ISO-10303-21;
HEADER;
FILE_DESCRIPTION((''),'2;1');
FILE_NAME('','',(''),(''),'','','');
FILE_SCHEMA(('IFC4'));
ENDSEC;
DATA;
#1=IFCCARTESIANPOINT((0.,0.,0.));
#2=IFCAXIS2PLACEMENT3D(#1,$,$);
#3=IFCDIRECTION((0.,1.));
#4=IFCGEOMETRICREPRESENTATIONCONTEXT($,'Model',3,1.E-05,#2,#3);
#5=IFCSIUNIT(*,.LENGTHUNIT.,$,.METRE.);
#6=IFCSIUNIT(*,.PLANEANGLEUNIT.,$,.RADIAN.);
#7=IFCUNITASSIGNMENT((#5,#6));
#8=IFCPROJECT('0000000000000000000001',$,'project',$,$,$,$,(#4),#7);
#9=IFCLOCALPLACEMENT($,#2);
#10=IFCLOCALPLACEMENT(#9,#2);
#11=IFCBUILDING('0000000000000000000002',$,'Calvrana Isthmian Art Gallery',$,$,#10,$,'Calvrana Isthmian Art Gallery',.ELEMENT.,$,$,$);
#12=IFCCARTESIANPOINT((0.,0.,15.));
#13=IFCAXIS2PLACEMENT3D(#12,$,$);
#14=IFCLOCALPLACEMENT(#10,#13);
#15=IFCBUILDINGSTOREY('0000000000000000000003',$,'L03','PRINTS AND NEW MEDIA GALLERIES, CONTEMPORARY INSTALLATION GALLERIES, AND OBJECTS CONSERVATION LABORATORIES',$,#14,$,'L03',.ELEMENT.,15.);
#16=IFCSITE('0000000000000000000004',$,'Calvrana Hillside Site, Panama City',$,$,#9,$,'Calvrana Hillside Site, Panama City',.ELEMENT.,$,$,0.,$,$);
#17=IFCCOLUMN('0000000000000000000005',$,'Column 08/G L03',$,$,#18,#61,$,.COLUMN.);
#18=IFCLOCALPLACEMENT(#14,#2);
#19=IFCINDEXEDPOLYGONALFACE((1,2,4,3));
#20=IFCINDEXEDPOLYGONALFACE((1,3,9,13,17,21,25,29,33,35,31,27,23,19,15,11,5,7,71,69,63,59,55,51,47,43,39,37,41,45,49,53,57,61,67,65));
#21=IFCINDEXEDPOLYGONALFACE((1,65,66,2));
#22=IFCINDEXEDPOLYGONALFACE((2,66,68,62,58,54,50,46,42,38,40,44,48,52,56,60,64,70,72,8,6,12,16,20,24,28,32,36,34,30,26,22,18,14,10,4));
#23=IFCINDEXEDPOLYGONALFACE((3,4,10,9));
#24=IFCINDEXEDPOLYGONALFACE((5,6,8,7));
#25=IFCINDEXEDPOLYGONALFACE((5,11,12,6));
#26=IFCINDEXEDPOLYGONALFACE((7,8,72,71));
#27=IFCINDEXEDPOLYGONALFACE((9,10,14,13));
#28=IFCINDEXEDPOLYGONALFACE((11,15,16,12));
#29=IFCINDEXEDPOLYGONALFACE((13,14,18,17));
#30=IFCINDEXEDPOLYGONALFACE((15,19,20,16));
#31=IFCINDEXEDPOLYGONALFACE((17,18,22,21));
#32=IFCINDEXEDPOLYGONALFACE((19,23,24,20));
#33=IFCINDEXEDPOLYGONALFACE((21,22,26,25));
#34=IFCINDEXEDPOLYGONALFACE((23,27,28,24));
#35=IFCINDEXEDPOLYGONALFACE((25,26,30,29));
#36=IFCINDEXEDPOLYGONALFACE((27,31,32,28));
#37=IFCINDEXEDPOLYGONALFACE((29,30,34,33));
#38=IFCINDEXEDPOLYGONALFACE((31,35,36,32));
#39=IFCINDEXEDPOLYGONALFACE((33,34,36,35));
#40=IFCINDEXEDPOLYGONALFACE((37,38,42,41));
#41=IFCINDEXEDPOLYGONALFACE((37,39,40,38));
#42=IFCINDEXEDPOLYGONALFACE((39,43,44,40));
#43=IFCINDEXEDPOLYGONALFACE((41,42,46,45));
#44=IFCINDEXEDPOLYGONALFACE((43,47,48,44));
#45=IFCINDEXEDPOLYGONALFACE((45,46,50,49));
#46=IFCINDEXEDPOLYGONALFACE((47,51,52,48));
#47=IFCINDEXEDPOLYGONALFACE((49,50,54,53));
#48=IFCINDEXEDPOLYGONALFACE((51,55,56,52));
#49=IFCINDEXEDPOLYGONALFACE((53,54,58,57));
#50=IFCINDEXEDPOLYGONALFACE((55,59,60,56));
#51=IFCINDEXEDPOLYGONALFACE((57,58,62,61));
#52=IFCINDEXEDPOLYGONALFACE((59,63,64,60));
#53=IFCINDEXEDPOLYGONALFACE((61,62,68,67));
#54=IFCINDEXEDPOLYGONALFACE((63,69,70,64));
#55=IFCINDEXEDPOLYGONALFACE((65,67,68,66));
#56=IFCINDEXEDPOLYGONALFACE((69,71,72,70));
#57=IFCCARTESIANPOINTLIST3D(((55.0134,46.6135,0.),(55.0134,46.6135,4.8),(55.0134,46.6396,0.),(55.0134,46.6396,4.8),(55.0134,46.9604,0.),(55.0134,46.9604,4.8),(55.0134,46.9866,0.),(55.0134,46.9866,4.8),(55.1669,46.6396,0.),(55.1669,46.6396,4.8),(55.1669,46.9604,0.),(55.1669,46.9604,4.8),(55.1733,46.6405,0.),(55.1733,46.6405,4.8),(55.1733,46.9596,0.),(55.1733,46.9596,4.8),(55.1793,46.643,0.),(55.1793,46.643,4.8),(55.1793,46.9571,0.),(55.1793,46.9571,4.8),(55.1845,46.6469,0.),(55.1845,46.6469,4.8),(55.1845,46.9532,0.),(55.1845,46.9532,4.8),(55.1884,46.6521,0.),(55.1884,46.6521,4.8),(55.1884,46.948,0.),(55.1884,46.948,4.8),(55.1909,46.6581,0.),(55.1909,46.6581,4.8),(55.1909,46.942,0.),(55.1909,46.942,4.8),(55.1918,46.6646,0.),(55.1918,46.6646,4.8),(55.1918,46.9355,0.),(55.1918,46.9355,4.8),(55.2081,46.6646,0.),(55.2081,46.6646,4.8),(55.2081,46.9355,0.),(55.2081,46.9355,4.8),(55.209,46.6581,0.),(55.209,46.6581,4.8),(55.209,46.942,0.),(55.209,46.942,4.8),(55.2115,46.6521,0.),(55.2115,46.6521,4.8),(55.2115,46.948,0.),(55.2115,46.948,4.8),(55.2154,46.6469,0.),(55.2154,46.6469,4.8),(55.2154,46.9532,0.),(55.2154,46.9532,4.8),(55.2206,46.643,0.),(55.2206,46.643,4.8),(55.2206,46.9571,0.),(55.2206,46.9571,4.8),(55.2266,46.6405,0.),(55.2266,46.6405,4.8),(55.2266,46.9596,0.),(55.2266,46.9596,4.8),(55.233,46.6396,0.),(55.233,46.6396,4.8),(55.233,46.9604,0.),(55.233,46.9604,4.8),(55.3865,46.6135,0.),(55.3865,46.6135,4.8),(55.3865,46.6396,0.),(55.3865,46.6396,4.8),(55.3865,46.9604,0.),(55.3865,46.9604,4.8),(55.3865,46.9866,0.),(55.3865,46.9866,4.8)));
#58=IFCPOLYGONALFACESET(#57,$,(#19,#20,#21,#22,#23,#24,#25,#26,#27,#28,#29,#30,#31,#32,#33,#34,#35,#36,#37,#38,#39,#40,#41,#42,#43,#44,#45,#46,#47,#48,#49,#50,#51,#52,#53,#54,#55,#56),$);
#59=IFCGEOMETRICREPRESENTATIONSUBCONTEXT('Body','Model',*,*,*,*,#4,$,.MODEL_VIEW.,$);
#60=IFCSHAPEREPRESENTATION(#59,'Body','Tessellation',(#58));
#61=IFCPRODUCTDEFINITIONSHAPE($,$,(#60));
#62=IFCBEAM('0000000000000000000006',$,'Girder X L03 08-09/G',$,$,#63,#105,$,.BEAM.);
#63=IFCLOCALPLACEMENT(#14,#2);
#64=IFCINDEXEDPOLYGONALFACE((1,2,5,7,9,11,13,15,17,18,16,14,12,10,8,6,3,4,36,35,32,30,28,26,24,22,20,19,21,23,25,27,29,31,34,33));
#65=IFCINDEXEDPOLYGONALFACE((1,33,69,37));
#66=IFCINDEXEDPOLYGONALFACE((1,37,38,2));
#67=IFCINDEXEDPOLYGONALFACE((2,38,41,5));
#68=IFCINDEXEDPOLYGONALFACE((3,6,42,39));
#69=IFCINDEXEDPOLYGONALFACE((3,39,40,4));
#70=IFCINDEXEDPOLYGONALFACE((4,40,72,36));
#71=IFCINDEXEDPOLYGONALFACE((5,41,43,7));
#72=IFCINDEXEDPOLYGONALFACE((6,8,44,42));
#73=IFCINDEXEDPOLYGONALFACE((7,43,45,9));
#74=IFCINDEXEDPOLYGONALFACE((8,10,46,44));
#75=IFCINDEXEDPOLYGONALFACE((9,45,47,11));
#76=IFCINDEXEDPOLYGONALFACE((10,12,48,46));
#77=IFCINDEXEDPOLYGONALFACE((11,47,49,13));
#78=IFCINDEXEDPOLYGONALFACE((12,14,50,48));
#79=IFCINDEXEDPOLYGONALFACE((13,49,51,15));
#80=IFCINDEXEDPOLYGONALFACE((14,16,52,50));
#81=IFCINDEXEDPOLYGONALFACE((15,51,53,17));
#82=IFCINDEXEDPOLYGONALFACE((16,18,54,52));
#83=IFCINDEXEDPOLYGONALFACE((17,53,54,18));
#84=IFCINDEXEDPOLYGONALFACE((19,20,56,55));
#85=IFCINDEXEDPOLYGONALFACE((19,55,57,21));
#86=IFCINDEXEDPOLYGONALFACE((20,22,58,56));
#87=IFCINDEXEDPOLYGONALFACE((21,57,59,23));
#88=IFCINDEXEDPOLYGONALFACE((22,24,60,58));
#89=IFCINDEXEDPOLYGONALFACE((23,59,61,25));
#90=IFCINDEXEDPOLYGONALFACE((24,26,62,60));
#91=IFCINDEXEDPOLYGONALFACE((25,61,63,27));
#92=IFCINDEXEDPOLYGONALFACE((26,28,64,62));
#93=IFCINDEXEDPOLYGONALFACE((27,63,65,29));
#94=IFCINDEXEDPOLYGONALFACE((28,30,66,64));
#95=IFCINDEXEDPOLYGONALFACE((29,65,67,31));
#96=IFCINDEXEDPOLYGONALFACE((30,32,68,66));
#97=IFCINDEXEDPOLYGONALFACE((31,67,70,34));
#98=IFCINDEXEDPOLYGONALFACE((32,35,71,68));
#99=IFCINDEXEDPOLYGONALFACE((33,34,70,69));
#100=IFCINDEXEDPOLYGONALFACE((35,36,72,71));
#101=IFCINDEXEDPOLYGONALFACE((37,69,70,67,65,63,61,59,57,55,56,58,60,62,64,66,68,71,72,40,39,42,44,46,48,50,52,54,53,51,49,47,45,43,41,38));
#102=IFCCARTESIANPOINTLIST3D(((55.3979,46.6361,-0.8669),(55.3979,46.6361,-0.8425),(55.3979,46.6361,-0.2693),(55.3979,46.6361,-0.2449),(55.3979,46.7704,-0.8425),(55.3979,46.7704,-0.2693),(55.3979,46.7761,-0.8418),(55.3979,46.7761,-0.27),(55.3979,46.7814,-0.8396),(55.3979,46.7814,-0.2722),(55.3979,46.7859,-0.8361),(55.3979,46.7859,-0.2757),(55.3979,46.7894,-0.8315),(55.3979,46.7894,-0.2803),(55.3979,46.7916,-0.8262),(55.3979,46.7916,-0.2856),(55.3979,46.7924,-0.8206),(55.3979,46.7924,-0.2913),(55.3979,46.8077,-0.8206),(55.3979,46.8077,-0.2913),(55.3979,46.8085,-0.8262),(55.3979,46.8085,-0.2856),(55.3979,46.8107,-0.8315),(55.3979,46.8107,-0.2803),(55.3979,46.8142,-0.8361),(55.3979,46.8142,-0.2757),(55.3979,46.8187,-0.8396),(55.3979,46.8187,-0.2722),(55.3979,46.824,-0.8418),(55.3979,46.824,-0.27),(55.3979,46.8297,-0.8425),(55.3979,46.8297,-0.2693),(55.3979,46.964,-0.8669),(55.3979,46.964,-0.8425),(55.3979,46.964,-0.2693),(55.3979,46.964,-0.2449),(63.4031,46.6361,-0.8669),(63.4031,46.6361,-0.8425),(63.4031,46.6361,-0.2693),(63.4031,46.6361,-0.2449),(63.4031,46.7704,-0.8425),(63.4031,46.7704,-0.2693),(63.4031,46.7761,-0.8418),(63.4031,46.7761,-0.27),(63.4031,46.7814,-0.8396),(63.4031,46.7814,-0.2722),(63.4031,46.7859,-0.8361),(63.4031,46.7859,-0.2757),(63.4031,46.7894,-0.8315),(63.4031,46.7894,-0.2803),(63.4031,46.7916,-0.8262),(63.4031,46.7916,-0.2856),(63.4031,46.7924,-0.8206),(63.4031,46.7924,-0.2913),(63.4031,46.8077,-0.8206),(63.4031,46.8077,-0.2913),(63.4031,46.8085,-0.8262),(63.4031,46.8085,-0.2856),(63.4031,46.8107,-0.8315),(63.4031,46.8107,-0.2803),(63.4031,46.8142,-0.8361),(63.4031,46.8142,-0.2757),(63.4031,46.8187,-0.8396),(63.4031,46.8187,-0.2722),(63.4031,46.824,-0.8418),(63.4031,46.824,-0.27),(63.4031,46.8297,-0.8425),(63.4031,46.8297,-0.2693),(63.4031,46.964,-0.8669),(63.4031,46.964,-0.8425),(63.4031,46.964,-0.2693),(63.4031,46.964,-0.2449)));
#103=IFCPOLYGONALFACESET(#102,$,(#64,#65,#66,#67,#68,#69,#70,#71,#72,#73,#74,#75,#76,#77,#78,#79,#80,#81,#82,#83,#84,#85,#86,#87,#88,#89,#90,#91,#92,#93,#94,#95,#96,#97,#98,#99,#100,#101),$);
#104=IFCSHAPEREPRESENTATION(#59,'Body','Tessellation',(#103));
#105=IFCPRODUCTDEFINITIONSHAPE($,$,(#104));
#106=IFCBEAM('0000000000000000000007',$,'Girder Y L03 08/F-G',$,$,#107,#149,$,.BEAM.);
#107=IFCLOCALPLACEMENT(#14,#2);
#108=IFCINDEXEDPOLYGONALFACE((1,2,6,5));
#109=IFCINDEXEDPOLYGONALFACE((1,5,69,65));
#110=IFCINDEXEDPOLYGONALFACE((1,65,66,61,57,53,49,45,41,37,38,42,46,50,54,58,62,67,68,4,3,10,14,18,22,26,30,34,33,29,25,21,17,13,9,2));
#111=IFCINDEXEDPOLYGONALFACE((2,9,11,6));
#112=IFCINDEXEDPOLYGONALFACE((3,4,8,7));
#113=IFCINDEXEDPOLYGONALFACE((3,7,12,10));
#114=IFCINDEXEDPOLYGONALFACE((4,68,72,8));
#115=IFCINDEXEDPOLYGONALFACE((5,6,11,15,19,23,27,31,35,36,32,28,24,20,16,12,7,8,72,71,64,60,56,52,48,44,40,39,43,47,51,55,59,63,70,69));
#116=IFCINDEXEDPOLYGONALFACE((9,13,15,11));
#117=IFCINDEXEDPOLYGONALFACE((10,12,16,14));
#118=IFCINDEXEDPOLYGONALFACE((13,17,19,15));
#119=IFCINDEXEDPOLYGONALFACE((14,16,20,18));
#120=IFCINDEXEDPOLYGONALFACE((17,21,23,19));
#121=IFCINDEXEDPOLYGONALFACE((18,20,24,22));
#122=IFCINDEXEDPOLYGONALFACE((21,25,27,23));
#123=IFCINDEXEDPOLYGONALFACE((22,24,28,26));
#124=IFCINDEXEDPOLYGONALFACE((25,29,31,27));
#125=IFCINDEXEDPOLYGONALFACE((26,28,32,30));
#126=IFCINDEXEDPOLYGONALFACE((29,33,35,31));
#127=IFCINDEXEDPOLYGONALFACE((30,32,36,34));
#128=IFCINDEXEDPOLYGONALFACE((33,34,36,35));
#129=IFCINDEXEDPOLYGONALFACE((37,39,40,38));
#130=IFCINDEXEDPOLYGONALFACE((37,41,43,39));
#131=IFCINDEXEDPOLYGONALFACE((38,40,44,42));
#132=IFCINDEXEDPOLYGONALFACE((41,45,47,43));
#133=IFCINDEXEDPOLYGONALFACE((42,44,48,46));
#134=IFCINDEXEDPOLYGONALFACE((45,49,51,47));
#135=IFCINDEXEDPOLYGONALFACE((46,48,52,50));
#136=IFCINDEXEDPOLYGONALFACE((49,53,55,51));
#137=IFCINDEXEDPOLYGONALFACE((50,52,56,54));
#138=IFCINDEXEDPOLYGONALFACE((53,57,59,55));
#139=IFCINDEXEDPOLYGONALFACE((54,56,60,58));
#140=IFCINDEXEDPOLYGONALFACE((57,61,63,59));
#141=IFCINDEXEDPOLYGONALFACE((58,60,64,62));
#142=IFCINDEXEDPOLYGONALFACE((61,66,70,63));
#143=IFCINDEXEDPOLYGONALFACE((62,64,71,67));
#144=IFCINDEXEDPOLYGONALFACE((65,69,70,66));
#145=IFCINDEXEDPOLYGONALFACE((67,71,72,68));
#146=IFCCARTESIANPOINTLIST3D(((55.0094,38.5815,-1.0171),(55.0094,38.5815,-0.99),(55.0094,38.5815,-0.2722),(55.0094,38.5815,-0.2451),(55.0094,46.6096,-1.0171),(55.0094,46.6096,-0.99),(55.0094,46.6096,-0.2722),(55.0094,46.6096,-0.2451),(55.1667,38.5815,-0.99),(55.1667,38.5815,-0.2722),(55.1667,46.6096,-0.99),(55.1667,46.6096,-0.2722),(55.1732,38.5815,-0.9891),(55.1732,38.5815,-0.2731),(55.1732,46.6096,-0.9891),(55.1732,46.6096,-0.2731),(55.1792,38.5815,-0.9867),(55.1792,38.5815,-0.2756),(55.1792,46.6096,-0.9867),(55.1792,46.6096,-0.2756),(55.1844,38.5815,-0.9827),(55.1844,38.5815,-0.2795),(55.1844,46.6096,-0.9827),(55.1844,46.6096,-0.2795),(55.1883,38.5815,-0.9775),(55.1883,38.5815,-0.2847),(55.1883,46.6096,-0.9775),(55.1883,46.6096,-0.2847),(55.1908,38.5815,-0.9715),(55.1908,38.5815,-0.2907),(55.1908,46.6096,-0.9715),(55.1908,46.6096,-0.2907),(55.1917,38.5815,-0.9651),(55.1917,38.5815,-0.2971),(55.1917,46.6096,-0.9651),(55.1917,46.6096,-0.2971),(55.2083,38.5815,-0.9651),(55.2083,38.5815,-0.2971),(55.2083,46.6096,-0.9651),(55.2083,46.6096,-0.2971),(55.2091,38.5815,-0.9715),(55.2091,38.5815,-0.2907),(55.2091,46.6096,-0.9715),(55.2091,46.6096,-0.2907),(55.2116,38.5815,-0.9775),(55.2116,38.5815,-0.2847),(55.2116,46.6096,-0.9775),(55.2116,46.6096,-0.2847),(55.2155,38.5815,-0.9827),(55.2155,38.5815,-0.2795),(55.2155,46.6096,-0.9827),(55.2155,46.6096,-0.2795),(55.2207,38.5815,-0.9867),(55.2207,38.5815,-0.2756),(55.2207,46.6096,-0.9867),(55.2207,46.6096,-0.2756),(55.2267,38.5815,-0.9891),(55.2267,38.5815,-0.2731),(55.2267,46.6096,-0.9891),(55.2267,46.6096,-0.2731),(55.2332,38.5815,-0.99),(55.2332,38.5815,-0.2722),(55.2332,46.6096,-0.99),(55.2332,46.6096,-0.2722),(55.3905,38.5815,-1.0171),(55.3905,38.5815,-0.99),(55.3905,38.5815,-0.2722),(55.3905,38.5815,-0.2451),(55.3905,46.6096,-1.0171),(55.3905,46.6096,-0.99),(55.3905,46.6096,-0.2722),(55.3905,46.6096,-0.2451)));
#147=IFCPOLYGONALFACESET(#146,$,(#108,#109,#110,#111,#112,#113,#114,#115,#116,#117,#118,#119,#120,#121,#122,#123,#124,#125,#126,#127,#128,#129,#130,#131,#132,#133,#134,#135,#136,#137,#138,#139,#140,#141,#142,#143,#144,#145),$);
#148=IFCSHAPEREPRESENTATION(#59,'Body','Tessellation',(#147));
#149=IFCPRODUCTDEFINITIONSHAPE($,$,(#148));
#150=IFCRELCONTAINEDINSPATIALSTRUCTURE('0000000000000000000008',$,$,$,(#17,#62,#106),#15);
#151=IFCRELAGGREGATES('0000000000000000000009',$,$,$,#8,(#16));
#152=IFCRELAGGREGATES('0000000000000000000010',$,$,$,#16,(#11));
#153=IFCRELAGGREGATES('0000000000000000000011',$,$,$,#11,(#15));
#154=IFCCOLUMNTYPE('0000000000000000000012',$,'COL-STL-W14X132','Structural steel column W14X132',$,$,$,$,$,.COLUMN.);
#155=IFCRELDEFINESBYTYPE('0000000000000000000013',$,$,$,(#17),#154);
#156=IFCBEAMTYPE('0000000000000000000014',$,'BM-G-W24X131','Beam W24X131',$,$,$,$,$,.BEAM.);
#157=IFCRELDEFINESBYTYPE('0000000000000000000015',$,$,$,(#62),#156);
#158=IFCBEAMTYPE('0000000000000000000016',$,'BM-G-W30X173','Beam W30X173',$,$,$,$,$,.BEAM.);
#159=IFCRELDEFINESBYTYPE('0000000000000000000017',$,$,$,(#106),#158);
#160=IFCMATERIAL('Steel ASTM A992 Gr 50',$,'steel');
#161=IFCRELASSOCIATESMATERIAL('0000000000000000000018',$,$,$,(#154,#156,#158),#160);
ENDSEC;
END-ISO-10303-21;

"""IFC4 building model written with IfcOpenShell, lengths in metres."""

from ifc_helpers import new_model, si_unit, direction, frame, origin, origin_2d, place, context, subcontext, project, spatial, i_section, extrude, material, material_profile, profile_set, type_object, element, save


model = new_model("IFC4")

# Units and contexts
model_context = context("Model", 3, precision=1e-05, world=origin(), true_north=direction((0.0, 1.0)))
body_context = subcontext(model_context, "Body", "Model", "MODEL_VIEW")
ifc_project = project(units=[si_unit("LENGTHUNIT", "METRE"), si_unit("PLANEANGLEUNIT", "RADIAN")], contexts=[model_context])

# Site, building, storey
site_placement = place(None, origin())
site = spatial("IfcSite", under=ifc_project, at=site_placement, Name="Calvrana Hillside Site, Panama City", LongName="Calvrana Hillside Site, Panama City", CompositionType="ELEMENT", RefElevation=0.0)
building_placement = place(site_placement, origin())
building = spatial("IfcBuilding", under=site, at=building_placement, Name="Calvrana Isthmian Art Gallery", LongName="Calvrana Isthmian Art Gallery", CompositionType="ELEMENT")
storey_placement = place(building_placement, frame((0.0, 0.0, 15.0)))
storey = spatial("IfcBuildingStorey", under=building, at=storey_placement, Name="L03", Description="PRINTS AND NEW MEDIA GALLERIES, CONTEMPORARY INSTALLATION GALLERIES, AND OBJECTS CONSERVATION LABORATORIES", LongName="L03", CompositionType="ELEMENT", Elevation=15.0)

# Column
ifc_material_1 = material(Name="Steel ASTM A992 Gr 50", Category="steel")
ifc_material_profile_1 = material_profile(ifc_material_1, i_section(OverallWidth=0.373, OverallDepth=0.373, WebThickness=0.0164, FlangeThickness=0.0261, FilletRadius=0.0249, at=origin_2d()), Name="W14X132")
ifc_profile_set_1 = profile_set([ifc_material_profile_1], Name="Steel ASTM A992 Gr 50")
column_type = type_object("IfcColumnType", Name="COL-STL-W14X132", Description="Structural steel column W14X132", PredefinedType="COLUMN", material=ifc_profile_set_1)
column_placement = place(storey_placement, frame((55.2, 46.8, 0.0), z_axis=(0.0, 0.0, 1.0), x_axis=(1.0, 0.0, 0.0)))
element("IfcColumn", 1, at=column_placement, inside=storey, type_object=column_type, Name="Column 08/G L03", PredefinedType="COLUMN", context=body_context, shape_type="SweptSolid", body=[
    extrude(i_section(OverallWidth=0.373, OverallDepth=0.373, WebThickness=0.0164, FlangeThickness=0.0261, FilletRadius=0.0249, at=origin_2d()), origin(), (0.0, 0.0, 1.0), 4.8),
])

# Beams
ifc_material_profile_2 = material_profile(ifc_material_1, i_section(OverallWidth=0.3279, OverallDepth=0.6221, WebThickness=0.0154, FlangeThickness=0.0244, FilletRadius=0.022, at=origin_2d()), Name="W24X131")
ifc_profile_set_2 = profile_set([ifc_material_profile_2], Name="Steel ASTM A992 Gr 50")
beam_type_1 = type_object("IfcBeamType", Name="BM-G-W24X131", Description="Beam W24X131", PredefinedType="BEAM", material=ifc_profile_set_2)
beam_1_placement = place(storey_placement, frame((55.3979, 46.8, -0.5559), z_axis=(1.0, 0.0, 0.0), x_axis=(0.0, 1.0, 0.0)))
element("IfcBeam", 2, at=beam_1_placement, inside=storey, type_object=beam_type_1, Name="Girder X L03 08-09/G", PredefinedType="BEAM", context=body_context, shape_type="SweptSolid", body=[
    extrude(i_section(OverallWidth=0.3279, OverallDepth=0.6221, WebThickness=0.0154, FlangeThickness=0.0244, FilletRadius=0.022, at=origin_2d()), origin(), (0.0, 0.0, 1.0), 8.0051),
])
ifc_material_profile_3 = material_profile(ifc_material_1, i_section(OverallWidth=0.3811, OverallDepth=0.772, WebThickness=0.0166, FlangeThickness=0.0271, FilletRadius=0.0249, at=origin_2d()), Name="W30X173")
ifc_profile_set_3 = profile_set([ifc_material_profile_3], Name="Steel ASTM A992 Gr 50")
beam_type_2 = type_object("IfcBeamType", Name="BM-G-W30X173", Description="Beam W30X173", PredefinedType="BEAM", material=ifc_profile_set_3)
beam_2_placement = place(storey_placement, frame((55.2, 38.5815, -0.6311), z_axis=(0.0, 1.0, 0.0), x_axis=(-1.0, 0.0, 0.0)))
element("IfcBeam", 3, at=beam_2_placement, inside=storey, type_object=beam_type_2, Name="Girder Y L03 08/F-G", PredefinedType="BEAM", context=body_context, shape_type="SweptSolid", body=[
    extrude(i_section(OverallWidth=0.3811, OverallDepth=0.772, WebThickness=0.0166, FlangeThickness=0.0271, FilletRadius=0.0249, at=origin_2d()), origin(), (0.0, 0.0, 1.0), 8.0281),
])

save(model, "model.ifc")
